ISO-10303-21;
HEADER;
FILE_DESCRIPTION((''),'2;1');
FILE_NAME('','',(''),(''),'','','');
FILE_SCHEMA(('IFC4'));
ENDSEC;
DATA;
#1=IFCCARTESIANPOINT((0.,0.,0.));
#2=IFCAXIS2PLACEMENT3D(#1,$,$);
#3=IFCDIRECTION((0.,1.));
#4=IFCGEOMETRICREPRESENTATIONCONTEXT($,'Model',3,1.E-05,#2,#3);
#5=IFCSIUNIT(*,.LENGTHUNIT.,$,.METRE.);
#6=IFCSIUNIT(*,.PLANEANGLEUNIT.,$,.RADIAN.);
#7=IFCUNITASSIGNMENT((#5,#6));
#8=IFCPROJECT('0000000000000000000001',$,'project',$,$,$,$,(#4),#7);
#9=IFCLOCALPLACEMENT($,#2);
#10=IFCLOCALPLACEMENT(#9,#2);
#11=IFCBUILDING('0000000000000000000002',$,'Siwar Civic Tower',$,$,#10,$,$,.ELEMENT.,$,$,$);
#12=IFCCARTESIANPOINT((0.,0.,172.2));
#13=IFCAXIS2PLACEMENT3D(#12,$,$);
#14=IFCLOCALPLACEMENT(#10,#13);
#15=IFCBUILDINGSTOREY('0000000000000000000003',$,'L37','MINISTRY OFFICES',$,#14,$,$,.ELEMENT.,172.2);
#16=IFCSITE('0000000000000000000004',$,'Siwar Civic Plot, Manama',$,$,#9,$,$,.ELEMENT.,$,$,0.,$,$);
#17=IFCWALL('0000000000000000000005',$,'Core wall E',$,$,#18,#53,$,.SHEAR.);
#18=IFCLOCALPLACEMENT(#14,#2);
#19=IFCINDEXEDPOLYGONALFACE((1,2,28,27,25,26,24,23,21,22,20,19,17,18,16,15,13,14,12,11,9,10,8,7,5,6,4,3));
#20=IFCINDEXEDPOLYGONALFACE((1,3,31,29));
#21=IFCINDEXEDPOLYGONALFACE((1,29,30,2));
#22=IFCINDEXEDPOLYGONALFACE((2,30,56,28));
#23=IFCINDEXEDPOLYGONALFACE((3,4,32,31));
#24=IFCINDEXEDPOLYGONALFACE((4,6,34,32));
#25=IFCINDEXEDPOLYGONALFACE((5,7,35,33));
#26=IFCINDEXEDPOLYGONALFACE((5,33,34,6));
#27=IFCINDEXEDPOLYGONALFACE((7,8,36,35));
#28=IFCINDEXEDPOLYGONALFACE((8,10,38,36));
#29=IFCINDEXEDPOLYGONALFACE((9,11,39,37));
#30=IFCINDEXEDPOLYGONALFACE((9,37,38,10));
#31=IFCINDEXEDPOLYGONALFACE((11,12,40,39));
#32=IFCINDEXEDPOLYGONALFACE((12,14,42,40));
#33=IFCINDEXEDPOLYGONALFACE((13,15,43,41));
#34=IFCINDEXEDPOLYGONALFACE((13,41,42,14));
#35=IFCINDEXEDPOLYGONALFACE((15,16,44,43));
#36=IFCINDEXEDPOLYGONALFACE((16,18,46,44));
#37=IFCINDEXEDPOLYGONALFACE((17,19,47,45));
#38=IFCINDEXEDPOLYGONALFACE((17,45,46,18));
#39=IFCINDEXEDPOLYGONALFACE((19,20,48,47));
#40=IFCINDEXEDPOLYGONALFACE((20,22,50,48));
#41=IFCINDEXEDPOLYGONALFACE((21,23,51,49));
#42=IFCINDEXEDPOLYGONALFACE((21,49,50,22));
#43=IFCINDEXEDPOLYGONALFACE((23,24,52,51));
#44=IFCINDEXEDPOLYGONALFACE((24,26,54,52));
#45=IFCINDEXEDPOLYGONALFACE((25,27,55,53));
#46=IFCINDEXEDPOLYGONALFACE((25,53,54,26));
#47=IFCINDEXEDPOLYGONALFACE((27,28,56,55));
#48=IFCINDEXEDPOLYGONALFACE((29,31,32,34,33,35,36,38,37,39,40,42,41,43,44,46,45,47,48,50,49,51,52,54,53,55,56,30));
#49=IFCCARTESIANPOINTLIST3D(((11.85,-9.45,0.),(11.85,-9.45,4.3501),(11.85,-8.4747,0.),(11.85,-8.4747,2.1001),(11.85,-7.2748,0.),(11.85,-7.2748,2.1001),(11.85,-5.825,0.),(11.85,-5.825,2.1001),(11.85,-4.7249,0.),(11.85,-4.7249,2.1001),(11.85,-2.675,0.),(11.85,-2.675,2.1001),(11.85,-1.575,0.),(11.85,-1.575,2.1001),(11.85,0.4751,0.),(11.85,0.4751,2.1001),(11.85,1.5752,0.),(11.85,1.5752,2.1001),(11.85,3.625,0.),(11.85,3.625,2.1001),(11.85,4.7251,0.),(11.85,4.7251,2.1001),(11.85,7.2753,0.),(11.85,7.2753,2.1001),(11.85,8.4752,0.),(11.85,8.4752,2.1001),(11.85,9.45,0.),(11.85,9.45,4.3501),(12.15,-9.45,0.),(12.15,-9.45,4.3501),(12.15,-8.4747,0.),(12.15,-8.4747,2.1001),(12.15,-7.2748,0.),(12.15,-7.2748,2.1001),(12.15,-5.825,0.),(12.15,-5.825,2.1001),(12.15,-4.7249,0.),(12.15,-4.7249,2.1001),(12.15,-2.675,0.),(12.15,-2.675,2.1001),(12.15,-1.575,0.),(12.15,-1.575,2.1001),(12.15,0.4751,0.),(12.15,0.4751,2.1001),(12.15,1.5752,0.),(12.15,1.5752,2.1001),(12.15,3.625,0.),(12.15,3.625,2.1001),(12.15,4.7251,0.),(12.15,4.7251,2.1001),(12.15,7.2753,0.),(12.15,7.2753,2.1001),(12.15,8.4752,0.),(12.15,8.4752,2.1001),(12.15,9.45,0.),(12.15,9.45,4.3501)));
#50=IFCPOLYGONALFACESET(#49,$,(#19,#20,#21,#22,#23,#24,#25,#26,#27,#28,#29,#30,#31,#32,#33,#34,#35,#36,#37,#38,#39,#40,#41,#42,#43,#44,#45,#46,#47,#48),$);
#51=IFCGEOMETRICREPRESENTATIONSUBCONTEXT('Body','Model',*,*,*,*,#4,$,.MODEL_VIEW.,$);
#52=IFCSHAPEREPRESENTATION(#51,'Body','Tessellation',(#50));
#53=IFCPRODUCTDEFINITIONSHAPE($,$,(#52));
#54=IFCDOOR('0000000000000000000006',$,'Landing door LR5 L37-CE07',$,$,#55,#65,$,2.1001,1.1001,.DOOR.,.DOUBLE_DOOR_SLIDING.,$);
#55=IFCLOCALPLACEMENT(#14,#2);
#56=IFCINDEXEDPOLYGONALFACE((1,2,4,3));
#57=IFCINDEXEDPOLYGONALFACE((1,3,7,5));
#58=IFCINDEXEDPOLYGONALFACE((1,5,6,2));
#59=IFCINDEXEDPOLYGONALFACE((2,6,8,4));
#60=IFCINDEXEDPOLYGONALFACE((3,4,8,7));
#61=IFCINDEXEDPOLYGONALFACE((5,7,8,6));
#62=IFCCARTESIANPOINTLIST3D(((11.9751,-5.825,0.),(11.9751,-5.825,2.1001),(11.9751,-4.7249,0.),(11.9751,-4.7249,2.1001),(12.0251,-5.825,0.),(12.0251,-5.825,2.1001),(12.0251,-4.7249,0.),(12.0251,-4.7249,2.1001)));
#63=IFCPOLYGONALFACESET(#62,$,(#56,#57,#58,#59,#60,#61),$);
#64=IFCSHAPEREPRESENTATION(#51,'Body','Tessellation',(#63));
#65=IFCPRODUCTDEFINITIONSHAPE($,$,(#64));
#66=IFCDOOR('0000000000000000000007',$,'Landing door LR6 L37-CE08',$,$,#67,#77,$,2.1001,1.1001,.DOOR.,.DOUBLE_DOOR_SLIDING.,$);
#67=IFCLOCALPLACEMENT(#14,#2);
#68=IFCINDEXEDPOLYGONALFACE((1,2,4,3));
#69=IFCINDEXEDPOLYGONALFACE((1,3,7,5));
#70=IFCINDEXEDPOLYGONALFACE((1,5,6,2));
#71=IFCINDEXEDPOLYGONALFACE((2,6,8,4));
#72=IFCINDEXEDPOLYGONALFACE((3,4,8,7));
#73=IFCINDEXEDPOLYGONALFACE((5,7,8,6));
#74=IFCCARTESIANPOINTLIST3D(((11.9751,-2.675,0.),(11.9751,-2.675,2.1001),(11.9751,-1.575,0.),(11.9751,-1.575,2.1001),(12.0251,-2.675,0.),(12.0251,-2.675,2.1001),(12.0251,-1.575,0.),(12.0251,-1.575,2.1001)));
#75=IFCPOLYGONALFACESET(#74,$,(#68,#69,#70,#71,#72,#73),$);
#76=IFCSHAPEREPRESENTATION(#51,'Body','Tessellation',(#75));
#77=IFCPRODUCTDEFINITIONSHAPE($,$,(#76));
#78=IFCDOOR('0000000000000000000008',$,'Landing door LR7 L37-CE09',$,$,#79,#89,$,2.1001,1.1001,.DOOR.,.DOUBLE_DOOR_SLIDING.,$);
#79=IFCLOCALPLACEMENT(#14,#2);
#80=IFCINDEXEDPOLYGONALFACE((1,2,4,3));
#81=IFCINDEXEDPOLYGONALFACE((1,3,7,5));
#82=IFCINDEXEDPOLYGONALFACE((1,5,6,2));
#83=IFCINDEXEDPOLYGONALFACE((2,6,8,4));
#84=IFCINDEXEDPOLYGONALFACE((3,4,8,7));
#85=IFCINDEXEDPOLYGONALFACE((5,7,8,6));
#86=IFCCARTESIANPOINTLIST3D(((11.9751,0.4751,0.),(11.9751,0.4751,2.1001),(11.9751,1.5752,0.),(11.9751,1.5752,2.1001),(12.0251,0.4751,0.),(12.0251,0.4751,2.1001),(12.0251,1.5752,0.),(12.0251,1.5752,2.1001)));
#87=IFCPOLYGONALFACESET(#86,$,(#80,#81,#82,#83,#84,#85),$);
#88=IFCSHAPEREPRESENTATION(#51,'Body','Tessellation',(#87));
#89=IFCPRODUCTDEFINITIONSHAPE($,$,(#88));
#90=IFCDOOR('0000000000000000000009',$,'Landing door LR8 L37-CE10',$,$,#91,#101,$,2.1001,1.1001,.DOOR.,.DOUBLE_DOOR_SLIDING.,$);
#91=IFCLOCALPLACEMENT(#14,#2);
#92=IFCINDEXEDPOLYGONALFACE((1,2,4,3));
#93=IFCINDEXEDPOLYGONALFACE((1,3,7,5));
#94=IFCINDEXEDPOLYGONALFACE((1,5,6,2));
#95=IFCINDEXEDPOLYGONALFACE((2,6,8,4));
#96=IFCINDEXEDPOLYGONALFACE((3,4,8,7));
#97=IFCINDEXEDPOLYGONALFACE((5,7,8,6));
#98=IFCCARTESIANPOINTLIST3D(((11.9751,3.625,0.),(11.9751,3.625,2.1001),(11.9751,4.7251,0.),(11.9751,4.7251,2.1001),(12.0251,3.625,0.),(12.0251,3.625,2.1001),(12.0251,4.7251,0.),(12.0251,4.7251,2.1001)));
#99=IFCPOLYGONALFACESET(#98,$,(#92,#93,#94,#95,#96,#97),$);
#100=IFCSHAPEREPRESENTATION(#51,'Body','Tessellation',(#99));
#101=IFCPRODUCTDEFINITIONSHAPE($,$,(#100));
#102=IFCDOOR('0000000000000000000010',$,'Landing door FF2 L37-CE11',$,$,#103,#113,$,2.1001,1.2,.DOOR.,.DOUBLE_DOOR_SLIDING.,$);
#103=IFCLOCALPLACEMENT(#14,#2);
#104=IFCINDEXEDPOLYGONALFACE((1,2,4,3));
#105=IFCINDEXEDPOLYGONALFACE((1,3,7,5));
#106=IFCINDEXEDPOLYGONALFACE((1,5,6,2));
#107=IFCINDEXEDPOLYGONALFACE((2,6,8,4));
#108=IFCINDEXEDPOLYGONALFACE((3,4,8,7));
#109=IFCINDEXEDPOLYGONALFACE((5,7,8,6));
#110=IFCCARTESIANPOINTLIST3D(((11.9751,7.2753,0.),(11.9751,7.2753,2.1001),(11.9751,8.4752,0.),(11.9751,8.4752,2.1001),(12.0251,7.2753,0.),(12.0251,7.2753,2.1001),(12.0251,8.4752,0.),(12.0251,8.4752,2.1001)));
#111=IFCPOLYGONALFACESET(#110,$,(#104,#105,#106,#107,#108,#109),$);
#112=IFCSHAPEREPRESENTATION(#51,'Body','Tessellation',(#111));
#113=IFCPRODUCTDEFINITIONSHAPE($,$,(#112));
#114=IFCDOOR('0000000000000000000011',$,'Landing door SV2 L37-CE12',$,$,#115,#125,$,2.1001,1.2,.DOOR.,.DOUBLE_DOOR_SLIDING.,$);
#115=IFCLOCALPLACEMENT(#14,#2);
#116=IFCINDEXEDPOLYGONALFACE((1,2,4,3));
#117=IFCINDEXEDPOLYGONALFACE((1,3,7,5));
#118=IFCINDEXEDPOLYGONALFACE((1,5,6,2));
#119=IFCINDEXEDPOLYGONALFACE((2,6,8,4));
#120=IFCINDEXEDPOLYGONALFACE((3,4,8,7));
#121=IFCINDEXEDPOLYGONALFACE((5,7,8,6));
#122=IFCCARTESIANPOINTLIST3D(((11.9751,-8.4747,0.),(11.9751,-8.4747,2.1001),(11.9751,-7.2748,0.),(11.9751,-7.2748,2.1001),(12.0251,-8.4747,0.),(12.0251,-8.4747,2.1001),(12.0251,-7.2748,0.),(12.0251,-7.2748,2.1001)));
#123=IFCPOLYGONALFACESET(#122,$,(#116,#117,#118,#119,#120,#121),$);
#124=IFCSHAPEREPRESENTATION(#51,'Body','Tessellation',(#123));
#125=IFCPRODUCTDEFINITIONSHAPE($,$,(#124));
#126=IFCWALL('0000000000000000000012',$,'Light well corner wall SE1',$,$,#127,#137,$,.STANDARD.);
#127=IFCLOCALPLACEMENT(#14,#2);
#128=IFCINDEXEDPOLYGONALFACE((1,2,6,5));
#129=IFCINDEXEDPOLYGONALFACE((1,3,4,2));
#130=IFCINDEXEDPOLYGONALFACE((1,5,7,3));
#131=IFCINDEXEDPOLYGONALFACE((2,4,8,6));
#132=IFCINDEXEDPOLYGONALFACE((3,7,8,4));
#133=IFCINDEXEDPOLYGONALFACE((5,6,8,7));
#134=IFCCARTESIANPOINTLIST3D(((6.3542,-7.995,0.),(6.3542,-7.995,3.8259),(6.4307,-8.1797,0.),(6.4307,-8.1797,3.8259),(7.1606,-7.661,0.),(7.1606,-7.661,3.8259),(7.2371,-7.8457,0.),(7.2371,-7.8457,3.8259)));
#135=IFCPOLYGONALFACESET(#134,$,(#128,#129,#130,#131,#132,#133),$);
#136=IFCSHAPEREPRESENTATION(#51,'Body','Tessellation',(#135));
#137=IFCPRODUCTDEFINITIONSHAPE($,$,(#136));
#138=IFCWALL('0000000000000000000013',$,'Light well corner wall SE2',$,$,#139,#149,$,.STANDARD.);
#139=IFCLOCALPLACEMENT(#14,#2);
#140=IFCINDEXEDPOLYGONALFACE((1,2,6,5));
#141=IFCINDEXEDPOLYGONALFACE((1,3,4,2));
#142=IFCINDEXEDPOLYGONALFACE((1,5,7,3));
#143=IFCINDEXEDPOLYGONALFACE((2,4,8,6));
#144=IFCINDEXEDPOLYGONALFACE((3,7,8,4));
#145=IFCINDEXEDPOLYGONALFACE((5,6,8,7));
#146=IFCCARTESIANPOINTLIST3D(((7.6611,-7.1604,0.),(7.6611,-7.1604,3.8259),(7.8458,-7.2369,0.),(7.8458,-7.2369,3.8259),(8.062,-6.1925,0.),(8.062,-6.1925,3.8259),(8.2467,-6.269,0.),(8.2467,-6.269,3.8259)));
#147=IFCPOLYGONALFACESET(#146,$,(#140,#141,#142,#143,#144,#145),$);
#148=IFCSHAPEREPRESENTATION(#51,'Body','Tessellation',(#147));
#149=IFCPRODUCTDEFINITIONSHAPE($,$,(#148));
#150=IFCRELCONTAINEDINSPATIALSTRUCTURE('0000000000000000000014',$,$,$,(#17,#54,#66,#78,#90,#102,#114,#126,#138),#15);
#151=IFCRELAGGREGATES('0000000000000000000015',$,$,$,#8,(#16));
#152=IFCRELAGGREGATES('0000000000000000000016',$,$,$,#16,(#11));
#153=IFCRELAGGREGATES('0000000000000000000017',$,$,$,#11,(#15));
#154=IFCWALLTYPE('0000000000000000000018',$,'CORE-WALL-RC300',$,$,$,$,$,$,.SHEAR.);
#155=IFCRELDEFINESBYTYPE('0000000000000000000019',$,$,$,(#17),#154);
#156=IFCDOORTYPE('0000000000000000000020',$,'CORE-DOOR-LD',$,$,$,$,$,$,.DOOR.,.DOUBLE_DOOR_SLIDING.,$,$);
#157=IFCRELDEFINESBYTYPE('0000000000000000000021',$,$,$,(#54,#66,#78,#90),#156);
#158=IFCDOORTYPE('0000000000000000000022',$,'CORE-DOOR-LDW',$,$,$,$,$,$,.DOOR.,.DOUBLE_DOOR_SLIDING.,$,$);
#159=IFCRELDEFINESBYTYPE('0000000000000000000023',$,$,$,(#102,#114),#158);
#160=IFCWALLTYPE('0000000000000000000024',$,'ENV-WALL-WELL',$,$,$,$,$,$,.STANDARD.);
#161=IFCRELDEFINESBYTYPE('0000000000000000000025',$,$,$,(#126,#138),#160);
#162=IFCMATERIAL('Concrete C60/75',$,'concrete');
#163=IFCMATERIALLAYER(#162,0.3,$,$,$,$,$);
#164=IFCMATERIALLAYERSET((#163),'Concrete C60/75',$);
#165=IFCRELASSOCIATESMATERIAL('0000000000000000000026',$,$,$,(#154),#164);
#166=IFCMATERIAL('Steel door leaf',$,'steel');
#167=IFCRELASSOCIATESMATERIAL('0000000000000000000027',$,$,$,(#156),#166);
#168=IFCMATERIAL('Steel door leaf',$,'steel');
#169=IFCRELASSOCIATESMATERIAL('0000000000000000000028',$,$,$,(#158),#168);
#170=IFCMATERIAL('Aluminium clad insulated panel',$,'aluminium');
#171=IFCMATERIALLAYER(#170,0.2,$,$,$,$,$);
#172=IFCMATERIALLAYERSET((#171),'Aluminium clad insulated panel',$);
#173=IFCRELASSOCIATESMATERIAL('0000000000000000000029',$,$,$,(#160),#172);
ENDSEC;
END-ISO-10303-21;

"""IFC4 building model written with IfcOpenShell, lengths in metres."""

from ifc_helpers import new_model, si_unit, direction, frame, frame_2d, origin, place, context, subcontext, project, spatial, rectangle, extrude, material, layer, layer_set, type_object, element, fill, save


model = new_model("IFC4")

# Units and contexts
model_context = context("Model", 3, precision=1e-05, world=origin(), true_north=direction((0.0, 1.0)))
body_context = subcontext(model_context, "Body", "Model", "MODEL_VIEW")
ifc_project = project(units=[si_unit("LENGTHUNIT", "METRE"), si_unit("PLANEANGLEUNIT", "RADIAN")], contexts=[model_context])

# Site, building, storey
site_placement = place(None, origin())
site = spatial("IfcSite", under=ifc_project, at=site_placement, Name="Siwar Civic Plot, Manama", CompositionType="ELEMENT", RefElevation=0.0)
building_placement = place(site_placement, origin())
building = spatial("IfcBuilding", under=site, at=building_placement, Name="Siwar Civic Tower", CompositionType="ELEMENT")
storey_placement = place(building_placement, frame((0.0, 0.0, 172.2)))
storey = spatial("IfcBuildingStorey", under=building, at=storey_placement, Name="L37", Description="MINISTRY OFFICES", CompositionType="ELEMENT", Elevation=172.2)

# Wall, openings, doors
ifc_material_1 = material(Name="Concrete C60/75", Category="concrete")
ifc_layer_1 = layer(ifc_material_1, 0.3)
ifc_layer_set_1 = layer_set([ifc_layer_1], Name="Concrete C60/75")
wall_type_1 = type_object("IfcWallType", Name="CORE-WALL-RC300", PredefinedType="SHEAR", material=ifc_layer_set_1)
wall_1_placement = place(storey_placement, frame((12.0, -9.45, 0.0), z_axis=(0.0, 0.0, 1.0), x_axis=(0.0, 1.0, 0.0)))
wall_1 = element("IfcWall", 1, at=wall_1_placement, inside=storey, type_object=wall_type_1, Name="Core wall E", PredefinedType="SHEAR", context=body_context, shape_type="SweptSolid", body=[
    extrude(rectangle(XDim=18.8999, YDim=0.3, at=frame_2d((9.45, 0.0))), origin(), (0.0, 0.0, 1.0), 4.3501),
])
opening_1_placement = place(wall_1_placement, frame((3.625, 0.0, 0.0)))
opening_1 = element("IfcOpeningElement", 2, at=opening_1_placement, cuts=wall_1, PredefinedType="OPENING", context=body_context, shape_type="SweptSolid", body=[
    extrude(rectangle(XDim=1.1001, YDim=2.1001, at=frame_2d((0.55, 1.05))), frame((0.0, 0.1602, 0.0), z_axis=(0.0, -1.0, 0.0), x_axis=(1.0, 0.0, 0.0)), (0.0, 0.0, 1.0), 0.3201),
])
opening_2_placement = place(wall_1_placement, frame((6.7749, 0.0, 0.0)))
opening_2 = element("IfcOpeningElement", 3, at=opening_2_placement, cuts=wall_1, PredefinedType="OPENING", context=body_context, shape_type="SweptSolid", body=[
    extrude(rectangle(XDim=1.1001, YDim=2.1001, at=frame_2d((0.55, 1.05))), frame((0.0, 0.1602, 0.0), z_axis=(0.0, -1.0, 0.0), x_axis=(1.0, 0.0, 0.0)), (0.0, 0.0, 1.0), 0.3201),
])
opening_3_placement = place(wall_1_placement, frame((9.925, 0.0, 0.0)))
opening_3 = element("IfcOpeningElement", 4, at=opening_3_placement, cuts=wall_1, PredefinedType="OPENING", context=body_context, shape_type="SweptSolid", body=[
    extrude(rectangle(XDim=1.1001, YDim=2.1001, at=frame_2d((0.55, 1.05))), frame((0.0, 0.1602, 0.0), z_axis=(0.0, -1.0, 0.0), x_axis=(1.0, 0.0, 0.0)), (0.0, 0.0, 1.0), 0.3201),
])
opening_4_placement = place(wall_1_placement, frame((13.075, 0.0, 0.0)))
opening_4 = element("IfcOpeningElement", 5, at=opening_4_placement, cuts=wall_1, PredefinedType="OPENING", context=body_context, shape_type="SweptSolid", body=[
    extrude(rectangle(XDim=1.1001, YDim=2.1001, at=frame_2d((0.55, 1.05))), frame((0.0, 0.1602, 0.0), z_axis=(0.0, -1.0, 0.0), x_axis=(1.0, 0.0, 0.0)), (0.0, 0.0, 1.0), 0.3201),
])
opening_5_placement = place(wall_1_placement, frame((16.7251, 0.0, 0.0)))
opening_5 = element("IfcOpeningElement", 6, at=opening_5_placement, cuts=wall_1, PredefinedType="OPENING", context=body_context, shape_type="SweptSolid", body=[
    extrude(rectangle(XDim=1.2, YDim=2.1001, at=frame_2d((0.6001, 1.05))), frame((0.0, 0.1602, 0.0), z_axis=(0.0, -1.0, 0.0), x_axis=(1.0, 0.0, 0.0)), (0.0, 0.0, 1.0), 0.3201),
])
opening_6_placement = place(wall_1_placement, frame((0.9751, 0.0, 0.0)))
opening_6 = element("IfcOpeningElement", 7, at=opening_6_placement, cuts=wall_1, PredefinedType="OPENING", context=body_context, shape_type="SweptSolid", body=[
    extrude(rectangle(XDim=1.2, YDim=2.1001, at=frame_2d((0.6001, 1.05))), frame((0.0, 0.1602, 0.0), z_axis=(0.0, -1.0, 0.0), x_axis=(1.0, 0.0, 0.0)), (0.0, 0.0, 1.0), 0.3201),
])
ifc_material_2 = material(Name="Steel door leaf", Category="steel")
door_type_1 = type_object("IfcDoorType", Name="CORE-DOOR-LD", OperationType="DOUBLE_DOOR_SLIDING", PredefinedType="DOOR", material=ifc_material_2)
door_1_placement = place(opening_1_placement, origin())
door_1 = element("IfcDoor", 8, at=door_1_placement, inside=storey, type_object=door_type_1, Name="Landing door LR5 L37-CE07", OperationType="DOUBLE_DOOR_SLIDING", OverallHeight=2.1001, OverallWidth=1.1001, PredefinedType="DOOR", context=body_context, shape_type="SweptSolid", body=[
    extrude(rectangle(XDim=1.1001, YDim=2.1001, at=frame_2d((0.55, 1.05))), frame((0.0, 0.0249, 0.0), z_axis=(0.0, -1.0, 0.0), x_axis=(1.0, 0.0, 0.0)), (0.0, 0.0, 1.0), 0.05),
])
fill(opening_1, door_1)
door_2_placement = place(opening_2_placement, origin())
door_2 = element("IfcDoor", 9, at=door_2_placement, inside=storey, type_object=door_type_1, Name="Landing door LR6 L37-CE08", OperationType="DOUBLE_DOOR_SLIDING", OverallHeight=2.1001, OverallWidth=1.1001, PredefinedType="DOOR", context=body_context, shape_type="SweptSolid", body=[
    extrude(rectangle(XDim=1.1001, YDim=2.1001, at=frame_2d((0.55, 1.05))), frame((0.0, 0.0249, 0.0), z_axis=(0.0, -1.0, 0.0), x_axis=(1.0, 0.0, 0.0)), (0.0, 0.0, 1.0), 0.05),
])
fill(opening_2, door_2)
door_3_placement = place(opening_3_placement, origin())
door_3 = element("IfcDoor", 10, at=door_3_placement, inside=storey, type_object=door_type_1, Name="Landing door LR7 L37-CE09", OperationType="DOUBLE_DOOR_SLIDING", OverallHeight=2.1001, OverallWidth=1.1001, PredefinedType="DOOR", context=body_context, shape_type="SweptSolid", body=[
    extrude(rectangle(XDim=1.1001, YDim=2.1001, at=frame_2d((0.55, 1.05))), frame((0.0, 0.0249, 0.0), z_axis=(0.0, -1.0, 0.0), x_axis=(1.0, 0.0, 0.0)), (0.0, 0.0, 1.0), 0.05),
])
fill(opening_3, door_3)
door_4_placement = place(opening_4_placement, origin())
door_4 = element("IfcDoor", 11, at=door_4_placement, inside=storey, type_object=door_type_1, Name="Landing door LR8 L37-CE10", OperationType="DOUBLE_DOOR_SLIDING", OverallHeight=2.1001, OverallWidth=1.1001, PredefinedType="DOOR", context=body_context, shape_type="SweptSolid", body=[
    extrude(rectangle(XDim=1.1001, YDim=2.1001, at=frame_2d((0.55, 1.05))), frame((0.0, 0.0249, 0.0), z_axis=(0.0, -1.0, 0.0), x_axis=(1.0, 0.0, 0.0)), (0.0, 0.0, 1.0), 0.05),
])
fill(opening_4, door_4)
ifc_material_3 = material(Name="Steel door leaf", Category="steel")
door_type_2 = type_object("IfcDoorType", Name="CORE-DOOR-LDW", OperationType="DOUBLE_DOOR_SLIDING", PredefinedType="DOOR", material=ifc_material_3)
door_5_placement = place(opening_5_placement, origin())
door_5 = element("IfcDoor", 12, at=door_5_placement, inside=storey, type_object=door_type_2, Name="Landing door FF2 L37-CE11", OperationType="DOUBLE_DOOR_SLIDING", OverallHeight=2.1001, OverallWidth=1.2, PredefinedType="DOOR", context=body_context, shape_type="SweptSolid", body=[
    extrude(rectangle(XDim=1.2, YDim=2.1001, at=frame_2d((0.6001, 1.05))), frame((0.0, 0.0249, 0.0), z_axis=(0.0, -1.0, 0.0), x_axis=(1.0, 0.0, 0.0)), (0.0, 0.0, 1.0), 0.05),
])
fill(opening_5, door_5)
door_6_placement = place(opening_6_placement, origin())
door_6 = element("IfcDoor", 13, at=door_6_placement, inside=storey, type_object=door_type_2, Name="Landing door SV2 L37-CE12", OperationType="DOUBLE_DOOR_SLIDING", OverallHeight=2.1001, OverallWidth=1.2, PredefinedType="DOOR", context=body_context, shape_type="SweptSolid", body=[
    extrude(rectangle(XDim=1.2, YDim=2.1001, at=frame_2d((0.6001, 1.05))), frame((0.0, 0.0249, 0.0), z_axis=(0.0, -1.0, 0.0), x_axis=(1.0, 0.0, 0.0)), (0.0, 0.0, 1.0), 0.05),
])
fill(opening_6, door_6)

# Walls
ifc_material_4 = material(Name="Aluminium clad insulated panel", Category="aluminium")
ifc_layer_2 = layer(ifc_material_4, 0.2)
ifc_layer_set_2 = layer_set([ifc_layer_2], Name="Aluminium clad insulated panel")
wall_type_2 = type_object("IfcWallType", Name="ENV-WALL-WELL", PredefinedType="STANDARD", material=ifc_layer_set_2)
wall_2_placement = place(storey_placement, frame((6.3923, -8.0874, 0.0), z_axis=(0.0, 0.0, 1.0), x_axis=(0.923894, 0.382648, 0.0)))
element("IfcWall", 14, at=wall_2_placement, inside=storey, type_object=wall_type_2, Name="Light well corner wall SE1", PredefinedType="STANDARD", context=body_context, shape_type="SweptSolid", body=[
    extrude(rectangle(XDim=0.8728, YDim=0.2, at=frame_2d((0.4365, 0.0))), origin(), (0.0, 0.0, 1.0), 3.8259),
])
wall_3_placement = place(storey_placement, frame((7.7534, -7.1987, 0.0), z_axis=(0.0, 0.0, 1.0), x_axis=(0.382695, 0.923875, 0.0)))
element("IfcWall", 15, at=wall_3_placement, inside=storey, type_object=wall_type_2, Name="Light well corner wall SE2", PredefinedType="STANDARD", context=body_context, shape_type="SweptSolid", body=[
    extrude(rectangle(XDim=1.0476, YDim=0.2, at=frame_2d((0.5239, 0.0))), origin(), (0.0, 0.0, 1.0), 3.8259),
])

save(model, "model.ifc")
